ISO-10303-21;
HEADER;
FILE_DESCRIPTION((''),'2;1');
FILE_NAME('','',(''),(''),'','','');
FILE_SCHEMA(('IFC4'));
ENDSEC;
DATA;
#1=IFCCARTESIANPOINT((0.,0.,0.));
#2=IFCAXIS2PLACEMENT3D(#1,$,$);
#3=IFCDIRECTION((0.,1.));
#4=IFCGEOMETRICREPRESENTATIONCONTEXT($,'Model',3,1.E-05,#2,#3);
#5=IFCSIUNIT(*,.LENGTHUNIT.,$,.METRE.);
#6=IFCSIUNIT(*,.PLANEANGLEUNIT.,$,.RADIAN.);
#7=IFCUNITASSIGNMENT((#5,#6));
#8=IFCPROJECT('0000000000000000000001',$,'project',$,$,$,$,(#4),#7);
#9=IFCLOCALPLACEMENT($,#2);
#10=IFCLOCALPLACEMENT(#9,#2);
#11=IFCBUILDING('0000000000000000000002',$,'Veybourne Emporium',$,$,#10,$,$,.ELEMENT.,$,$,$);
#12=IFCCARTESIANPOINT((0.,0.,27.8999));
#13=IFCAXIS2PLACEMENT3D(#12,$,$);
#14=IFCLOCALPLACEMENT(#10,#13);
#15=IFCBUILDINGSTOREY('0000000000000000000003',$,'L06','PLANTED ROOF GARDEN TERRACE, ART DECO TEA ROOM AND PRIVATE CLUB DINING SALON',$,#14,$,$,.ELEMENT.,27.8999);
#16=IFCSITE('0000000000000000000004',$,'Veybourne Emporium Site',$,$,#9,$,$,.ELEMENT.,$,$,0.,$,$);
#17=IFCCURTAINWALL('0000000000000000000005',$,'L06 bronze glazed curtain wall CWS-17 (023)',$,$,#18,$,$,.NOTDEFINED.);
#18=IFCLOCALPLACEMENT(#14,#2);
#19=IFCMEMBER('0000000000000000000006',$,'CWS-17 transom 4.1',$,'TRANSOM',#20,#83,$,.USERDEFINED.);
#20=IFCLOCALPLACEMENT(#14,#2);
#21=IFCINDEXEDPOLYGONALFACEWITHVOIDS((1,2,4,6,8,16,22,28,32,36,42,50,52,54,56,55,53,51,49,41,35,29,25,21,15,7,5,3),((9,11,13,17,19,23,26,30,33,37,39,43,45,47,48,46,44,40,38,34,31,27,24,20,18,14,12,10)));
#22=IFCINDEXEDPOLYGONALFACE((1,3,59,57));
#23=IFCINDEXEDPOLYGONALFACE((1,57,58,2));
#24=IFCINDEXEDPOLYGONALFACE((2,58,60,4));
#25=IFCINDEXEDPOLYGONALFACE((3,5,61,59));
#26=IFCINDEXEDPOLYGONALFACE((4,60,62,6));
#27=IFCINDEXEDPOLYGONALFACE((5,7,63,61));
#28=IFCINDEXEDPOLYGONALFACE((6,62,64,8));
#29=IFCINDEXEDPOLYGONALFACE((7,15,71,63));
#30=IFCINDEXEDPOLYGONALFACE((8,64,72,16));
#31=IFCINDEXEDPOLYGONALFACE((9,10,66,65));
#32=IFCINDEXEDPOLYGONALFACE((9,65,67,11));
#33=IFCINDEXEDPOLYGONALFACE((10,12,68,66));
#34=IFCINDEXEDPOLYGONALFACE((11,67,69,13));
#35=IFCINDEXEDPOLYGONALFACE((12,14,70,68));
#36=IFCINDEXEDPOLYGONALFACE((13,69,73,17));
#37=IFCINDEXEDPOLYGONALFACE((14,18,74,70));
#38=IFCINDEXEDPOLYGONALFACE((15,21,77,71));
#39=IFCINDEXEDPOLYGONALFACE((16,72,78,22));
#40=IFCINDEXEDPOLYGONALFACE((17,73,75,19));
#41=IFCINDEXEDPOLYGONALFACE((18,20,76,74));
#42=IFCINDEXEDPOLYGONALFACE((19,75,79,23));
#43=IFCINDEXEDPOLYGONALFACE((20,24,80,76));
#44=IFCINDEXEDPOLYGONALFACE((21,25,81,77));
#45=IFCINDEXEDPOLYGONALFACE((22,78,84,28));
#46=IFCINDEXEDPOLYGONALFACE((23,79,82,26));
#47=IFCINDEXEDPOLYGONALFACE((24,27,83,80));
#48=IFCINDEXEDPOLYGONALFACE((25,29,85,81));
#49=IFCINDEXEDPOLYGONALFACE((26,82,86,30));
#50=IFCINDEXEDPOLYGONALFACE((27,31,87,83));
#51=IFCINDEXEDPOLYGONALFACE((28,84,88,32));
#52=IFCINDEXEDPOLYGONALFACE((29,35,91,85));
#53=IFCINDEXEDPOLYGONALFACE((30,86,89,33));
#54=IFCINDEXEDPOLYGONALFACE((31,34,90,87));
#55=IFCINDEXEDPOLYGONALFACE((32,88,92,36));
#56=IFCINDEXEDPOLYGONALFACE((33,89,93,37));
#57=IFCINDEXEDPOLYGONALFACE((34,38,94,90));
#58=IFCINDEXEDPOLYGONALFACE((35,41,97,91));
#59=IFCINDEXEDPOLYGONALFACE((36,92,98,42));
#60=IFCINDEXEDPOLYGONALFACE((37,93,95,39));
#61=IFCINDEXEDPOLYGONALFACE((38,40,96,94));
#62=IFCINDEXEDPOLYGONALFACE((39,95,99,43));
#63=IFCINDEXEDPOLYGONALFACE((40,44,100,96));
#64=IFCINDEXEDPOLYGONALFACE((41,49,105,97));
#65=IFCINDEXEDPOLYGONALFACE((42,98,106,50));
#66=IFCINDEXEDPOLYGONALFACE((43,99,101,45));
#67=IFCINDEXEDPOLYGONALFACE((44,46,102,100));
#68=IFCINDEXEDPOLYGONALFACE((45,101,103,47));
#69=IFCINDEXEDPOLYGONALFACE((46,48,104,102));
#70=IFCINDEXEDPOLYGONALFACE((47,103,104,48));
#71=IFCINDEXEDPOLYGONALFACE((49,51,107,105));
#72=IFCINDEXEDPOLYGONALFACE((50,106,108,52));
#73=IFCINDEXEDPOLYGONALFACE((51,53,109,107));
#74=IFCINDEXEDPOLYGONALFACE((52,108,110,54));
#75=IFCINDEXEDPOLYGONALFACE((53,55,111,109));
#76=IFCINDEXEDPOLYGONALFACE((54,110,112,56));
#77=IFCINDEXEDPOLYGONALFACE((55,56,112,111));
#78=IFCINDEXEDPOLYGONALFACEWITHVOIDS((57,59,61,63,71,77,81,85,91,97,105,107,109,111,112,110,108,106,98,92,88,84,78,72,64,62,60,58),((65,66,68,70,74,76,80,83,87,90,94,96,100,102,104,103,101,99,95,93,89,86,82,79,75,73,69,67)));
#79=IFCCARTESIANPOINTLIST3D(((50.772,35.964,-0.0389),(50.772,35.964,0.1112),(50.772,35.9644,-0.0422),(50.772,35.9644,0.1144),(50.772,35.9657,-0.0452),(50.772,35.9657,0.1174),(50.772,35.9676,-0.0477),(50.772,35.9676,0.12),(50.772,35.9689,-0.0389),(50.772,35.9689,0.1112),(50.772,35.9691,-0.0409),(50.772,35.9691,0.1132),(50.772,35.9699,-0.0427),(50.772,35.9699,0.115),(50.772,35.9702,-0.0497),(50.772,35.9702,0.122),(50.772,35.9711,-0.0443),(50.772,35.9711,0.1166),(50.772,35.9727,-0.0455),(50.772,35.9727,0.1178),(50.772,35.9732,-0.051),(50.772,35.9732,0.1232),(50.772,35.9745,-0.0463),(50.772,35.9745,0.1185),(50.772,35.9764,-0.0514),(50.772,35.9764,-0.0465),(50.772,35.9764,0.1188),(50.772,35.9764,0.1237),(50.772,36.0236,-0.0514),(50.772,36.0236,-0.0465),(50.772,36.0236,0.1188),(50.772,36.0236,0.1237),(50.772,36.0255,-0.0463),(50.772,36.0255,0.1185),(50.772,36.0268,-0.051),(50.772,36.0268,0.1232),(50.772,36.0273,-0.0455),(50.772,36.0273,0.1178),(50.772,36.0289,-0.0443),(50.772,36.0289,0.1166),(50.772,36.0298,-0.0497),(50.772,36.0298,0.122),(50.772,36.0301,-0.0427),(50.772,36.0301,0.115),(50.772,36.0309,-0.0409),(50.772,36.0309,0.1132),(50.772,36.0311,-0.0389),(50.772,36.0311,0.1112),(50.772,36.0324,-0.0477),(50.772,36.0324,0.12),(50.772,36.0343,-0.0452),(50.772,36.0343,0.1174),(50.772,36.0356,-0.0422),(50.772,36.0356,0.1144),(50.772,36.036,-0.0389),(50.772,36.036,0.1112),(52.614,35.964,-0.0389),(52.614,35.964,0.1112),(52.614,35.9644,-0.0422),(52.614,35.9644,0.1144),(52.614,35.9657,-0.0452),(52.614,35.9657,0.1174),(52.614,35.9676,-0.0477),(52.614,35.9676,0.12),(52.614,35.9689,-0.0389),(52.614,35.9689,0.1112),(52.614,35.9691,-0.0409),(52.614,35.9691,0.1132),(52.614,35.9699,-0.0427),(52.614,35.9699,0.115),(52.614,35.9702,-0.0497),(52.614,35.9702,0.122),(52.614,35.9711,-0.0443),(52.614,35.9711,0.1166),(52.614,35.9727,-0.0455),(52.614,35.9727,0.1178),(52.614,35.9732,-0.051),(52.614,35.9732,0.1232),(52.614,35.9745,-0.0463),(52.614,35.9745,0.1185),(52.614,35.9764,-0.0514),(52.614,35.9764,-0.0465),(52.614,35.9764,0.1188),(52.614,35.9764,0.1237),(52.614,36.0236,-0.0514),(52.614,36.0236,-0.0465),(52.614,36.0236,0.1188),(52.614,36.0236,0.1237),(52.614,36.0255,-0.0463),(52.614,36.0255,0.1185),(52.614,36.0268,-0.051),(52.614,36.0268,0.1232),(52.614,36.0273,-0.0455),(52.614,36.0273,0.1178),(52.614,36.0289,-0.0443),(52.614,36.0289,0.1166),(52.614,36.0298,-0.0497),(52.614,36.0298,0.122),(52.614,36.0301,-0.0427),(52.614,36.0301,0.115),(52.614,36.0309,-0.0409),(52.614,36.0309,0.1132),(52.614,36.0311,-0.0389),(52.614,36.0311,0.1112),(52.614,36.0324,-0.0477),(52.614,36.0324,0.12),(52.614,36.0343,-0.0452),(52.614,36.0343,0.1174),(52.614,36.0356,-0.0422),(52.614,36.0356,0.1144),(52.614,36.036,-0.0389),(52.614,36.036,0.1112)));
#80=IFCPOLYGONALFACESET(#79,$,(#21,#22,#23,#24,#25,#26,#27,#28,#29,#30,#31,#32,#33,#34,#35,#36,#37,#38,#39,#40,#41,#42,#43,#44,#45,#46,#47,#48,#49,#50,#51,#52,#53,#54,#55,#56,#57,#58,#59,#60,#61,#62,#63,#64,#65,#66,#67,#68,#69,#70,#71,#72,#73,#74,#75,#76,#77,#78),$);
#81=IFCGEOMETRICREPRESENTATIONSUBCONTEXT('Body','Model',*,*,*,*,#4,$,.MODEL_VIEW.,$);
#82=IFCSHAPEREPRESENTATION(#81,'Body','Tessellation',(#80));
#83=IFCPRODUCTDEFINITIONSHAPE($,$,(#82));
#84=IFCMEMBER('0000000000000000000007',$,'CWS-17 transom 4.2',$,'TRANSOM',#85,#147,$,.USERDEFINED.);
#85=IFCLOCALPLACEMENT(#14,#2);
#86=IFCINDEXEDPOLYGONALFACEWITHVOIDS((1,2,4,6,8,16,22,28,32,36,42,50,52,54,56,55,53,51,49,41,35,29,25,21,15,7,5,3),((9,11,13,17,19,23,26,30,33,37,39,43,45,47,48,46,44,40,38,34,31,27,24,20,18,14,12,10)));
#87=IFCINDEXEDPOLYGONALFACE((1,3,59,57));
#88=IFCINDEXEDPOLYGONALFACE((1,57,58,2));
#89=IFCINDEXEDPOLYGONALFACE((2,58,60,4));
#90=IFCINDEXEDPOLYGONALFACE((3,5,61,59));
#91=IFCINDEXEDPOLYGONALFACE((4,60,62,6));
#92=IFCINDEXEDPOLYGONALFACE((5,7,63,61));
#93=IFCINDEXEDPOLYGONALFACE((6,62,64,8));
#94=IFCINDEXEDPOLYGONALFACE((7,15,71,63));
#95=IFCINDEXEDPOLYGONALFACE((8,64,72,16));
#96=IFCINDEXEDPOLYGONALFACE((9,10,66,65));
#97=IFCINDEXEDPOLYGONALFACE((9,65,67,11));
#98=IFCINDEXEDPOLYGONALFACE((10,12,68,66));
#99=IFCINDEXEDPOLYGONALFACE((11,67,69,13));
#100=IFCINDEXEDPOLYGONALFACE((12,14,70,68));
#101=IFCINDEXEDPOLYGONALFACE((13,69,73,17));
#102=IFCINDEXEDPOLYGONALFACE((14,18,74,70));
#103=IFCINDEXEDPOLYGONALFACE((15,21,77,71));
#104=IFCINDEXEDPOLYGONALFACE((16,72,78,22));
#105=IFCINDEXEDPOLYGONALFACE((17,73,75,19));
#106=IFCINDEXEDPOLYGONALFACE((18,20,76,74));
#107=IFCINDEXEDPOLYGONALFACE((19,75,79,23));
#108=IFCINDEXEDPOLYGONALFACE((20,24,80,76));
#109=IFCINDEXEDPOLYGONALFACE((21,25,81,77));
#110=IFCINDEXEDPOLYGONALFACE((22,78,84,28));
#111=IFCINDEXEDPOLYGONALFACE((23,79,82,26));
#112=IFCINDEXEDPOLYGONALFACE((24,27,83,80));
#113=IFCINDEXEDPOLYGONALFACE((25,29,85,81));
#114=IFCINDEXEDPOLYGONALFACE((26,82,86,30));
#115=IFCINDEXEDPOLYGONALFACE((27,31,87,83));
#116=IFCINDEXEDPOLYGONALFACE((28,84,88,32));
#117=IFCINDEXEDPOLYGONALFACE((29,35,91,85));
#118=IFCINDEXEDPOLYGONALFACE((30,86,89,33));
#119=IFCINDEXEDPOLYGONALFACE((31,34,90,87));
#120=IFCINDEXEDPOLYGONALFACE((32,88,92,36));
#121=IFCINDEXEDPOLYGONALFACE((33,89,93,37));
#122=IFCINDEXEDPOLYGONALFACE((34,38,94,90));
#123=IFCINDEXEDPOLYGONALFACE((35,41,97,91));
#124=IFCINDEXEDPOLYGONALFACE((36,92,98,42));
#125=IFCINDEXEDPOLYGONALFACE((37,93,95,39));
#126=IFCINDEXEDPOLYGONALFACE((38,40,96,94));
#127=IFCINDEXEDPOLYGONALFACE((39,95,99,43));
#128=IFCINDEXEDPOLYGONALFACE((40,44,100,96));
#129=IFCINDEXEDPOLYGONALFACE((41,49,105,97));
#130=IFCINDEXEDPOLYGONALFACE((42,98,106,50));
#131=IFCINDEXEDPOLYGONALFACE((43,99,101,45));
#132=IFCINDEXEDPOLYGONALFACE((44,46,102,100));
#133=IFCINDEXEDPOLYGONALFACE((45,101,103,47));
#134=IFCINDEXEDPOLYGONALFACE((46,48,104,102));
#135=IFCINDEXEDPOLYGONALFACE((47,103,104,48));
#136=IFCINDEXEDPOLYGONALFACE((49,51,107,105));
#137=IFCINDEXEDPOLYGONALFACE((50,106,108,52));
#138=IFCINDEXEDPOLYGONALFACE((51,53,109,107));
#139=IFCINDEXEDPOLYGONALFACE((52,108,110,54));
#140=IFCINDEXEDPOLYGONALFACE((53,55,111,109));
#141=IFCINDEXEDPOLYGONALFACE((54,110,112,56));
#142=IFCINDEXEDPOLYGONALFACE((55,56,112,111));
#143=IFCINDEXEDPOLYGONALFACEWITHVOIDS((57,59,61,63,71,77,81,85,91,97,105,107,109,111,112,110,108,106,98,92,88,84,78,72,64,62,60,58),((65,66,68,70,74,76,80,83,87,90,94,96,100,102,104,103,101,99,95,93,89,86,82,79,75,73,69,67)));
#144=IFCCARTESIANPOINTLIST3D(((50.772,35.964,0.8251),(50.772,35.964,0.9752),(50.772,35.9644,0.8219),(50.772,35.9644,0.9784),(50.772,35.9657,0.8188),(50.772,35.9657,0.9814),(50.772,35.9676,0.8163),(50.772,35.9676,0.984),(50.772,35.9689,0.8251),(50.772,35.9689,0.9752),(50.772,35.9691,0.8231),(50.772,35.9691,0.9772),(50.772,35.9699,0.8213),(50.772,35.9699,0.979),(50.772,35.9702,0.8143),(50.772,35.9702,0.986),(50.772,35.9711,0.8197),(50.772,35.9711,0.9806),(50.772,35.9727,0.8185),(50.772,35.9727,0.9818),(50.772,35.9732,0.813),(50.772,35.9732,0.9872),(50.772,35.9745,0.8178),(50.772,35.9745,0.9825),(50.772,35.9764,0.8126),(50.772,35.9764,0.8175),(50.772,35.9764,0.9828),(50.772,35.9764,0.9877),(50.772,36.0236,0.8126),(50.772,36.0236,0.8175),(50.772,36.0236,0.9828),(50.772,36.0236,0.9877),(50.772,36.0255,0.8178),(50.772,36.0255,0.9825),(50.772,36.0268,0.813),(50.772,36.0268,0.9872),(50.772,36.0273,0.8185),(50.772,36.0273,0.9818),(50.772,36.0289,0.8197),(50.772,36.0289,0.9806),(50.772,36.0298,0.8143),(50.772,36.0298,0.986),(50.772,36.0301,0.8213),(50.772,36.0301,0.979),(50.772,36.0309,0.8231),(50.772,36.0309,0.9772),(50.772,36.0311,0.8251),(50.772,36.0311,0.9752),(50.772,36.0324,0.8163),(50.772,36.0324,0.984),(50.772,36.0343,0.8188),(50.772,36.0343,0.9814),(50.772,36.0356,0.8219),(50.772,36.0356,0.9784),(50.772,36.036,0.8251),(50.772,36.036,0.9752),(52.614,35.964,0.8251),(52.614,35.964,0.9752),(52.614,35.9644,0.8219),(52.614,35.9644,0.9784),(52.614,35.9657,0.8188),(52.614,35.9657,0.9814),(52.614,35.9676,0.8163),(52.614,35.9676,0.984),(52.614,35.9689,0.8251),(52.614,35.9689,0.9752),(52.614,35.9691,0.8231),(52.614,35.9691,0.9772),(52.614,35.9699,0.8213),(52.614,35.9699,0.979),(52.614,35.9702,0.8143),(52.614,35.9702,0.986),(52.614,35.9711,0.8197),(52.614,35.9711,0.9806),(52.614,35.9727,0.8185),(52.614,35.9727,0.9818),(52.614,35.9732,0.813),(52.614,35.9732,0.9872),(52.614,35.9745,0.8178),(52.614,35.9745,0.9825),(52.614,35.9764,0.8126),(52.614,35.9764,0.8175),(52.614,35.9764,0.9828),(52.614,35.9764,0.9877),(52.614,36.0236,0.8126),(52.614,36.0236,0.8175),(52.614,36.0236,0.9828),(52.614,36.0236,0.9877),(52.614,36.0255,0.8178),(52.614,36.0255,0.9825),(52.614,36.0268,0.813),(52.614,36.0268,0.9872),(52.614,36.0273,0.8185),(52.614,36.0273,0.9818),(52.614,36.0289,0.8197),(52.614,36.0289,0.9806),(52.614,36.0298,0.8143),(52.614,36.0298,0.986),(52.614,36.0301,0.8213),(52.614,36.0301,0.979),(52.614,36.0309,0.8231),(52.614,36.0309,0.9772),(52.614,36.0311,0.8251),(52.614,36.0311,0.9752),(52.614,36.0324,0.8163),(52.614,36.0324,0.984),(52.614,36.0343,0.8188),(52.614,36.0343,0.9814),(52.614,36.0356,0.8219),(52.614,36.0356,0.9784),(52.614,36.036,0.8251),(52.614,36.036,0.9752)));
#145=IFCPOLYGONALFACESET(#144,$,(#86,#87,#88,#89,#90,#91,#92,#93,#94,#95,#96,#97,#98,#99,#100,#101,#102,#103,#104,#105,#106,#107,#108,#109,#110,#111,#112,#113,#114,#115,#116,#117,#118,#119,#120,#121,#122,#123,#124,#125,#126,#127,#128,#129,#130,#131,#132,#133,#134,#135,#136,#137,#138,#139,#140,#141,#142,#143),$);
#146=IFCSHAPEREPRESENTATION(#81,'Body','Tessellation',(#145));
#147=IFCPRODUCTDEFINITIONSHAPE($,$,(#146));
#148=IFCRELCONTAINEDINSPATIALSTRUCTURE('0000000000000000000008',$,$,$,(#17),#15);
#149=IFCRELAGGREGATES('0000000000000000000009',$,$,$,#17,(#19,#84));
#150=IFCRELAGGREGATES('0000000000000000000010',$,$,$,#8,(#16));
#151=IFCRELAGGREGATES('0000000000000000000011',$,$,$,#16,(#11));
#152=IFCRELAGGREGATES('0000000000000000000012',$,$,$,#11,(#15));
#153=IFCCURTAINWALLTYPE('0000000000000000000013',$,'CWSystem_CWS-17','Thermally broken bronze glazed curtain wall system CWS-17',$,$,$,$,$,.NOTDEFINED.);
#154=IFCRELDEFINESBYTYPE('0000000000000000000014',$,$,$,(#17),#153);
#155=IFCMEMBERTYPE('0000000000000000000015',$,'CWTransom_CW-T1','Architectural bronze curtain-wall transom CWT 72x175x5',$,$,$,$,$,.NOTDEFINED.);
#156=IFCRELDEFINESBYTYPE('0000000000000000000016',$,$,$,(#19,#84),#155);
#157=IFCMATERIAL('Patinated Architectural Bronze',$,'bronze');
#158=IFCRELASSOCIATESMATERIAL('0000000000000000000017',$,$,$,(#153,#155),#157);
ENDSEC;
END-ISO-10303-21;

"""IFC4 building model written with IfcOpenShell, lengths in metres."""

from ifc_helpers import new_model, si_unit, direction, frame, origin, origin_2d, place, context, subcontext, project, spatial, hollow_rectangle, extrude, material, material_profile, profile_set, type_object, element, aggregate, save


model = new_model("IFC4")

# Units and contexts
model_context = context("Model", 3, precision=1e-05, world=origin(), true_north=direction((0.0, 1.0)))
body_context = subcontext(model_context, "Body", "Model", "MODEL_VIEW")
ifc_project = project(units=[si_unit("LENGTHUNIT", "METRE"), si_unit("PLANEANGLEUNIT", "RADIAN")], contexts=[model_context])

# Site, building, storey
site_placement = place(None, origin())
site = spatial("IfcSite", under=ifc_project, at=site_placement, Name="Veybourne Emporium Site", CompositionType="ELEMENT", RefElevation=0.0)
building_placement = place(site_placement, origin())
building = spatial("IfcBuilding", under=site, at=building_placement, Name="Veybourne Emporium", CompositionType="ELEMENT")
storey_placement = place(building_placement, frame((0.0, 0.0, 27.8999)))
storey = spatial("IfcBuildingStorey", under=building, at=storey_placement, Name="L06", Description="PLANTED ROOF GARDEN TERRACE, ART DECO TEA ROOM AND PRIVATE CLUB DINING SALON", CompositionType="ELEMENT", Elevation=27.8999)

# Curtain wall, members
ifc_material_1 = material(Name="Patinated Architectural Bronze", Category="bronze")
curtain_wall_type = type_object("IfcCurtainWallType", Name="CWSystem_CWS-17", Description="Thermally broken bronze glazed curtain wall system CWS-17", PredefinedType="NOTDEFINED", material=ifc_material_1)
curtain_wall_placement = place(storey_placement, origin())
curtain_wall = element("IfcCurtainWall", 1, at=curtain_wall_placement, inside=storey, type_object=curtain_wall_type, Name="L06 bronze glazed curtain wall CWS-17 (023)", PredefinedType="NOTDEFINED")
ifc_material_profile_1 = material_profile(ifc_material_1, hollow_rectangle(XDim=0.072, YDim=0.175, WallThickness=0.0049, InnerFilletRadius=0.0076, OuterFilletRadius=0.0125, at=origin_2d()), Name="CWT 72x175x5")
ifc_profile_set_1 = profile_set([ifc_material_profile_1], Name="Patinated Architectural Bronze")
member_type_1 = type_object("IfcMemberType", Name="CWTransom_CW-T1", Description="Architectural bronze curtain-wall transom CWT 72x175x5", PredefinedType="NOTDEFINED", material=ifc_profile_set_1)
member_1_placement = place(storey_placement, frame((52.614, 36.0, 0.0361), z_axis=(-1.0, 0.0, 0.0), x_axis=(0.0, -1.0, 0.0)))
member_1 = element("IfcMember", 2, at=member_1_placement, type_object=member_type_1, Name="CWS-17 transom 4.1", ObjectType="TRANSOM", PredefinedType="USERDEFINED", context=body_context, shape_type="SweptSolid", body=[
    extrude(hollow_rectangle(XDim=0.072, YDim=0.175, WallThickness=0.0049, InnerFilletRadius=0.0076, OuterFilletRadius=0.0125, at=origin_2d()), origin(), (0.0, 0.0, 1.0), 1.842),
])
member_2_placement = place(storey_placement, frame((52.614, 36.0, 0.9001), z_axis=(-1.0, 0.0, 0.0), x_axis=(0.0, -1.0, 0.0)))
member_2 = element("IfcMember", 3, at=member_2_placement, type_object=member_type_1, Name="CWS-17 transom 4.2", ObjectType="TRANSOM", PredefinedType="USERDEFINED", context=body_context, shape_type="SweptSolid", body=[
    extrude(hollow_rectangle(XDim=0.072, YDim=0.175, WallThickness=0.0049, InnerFilletRadius=0.0076, OuterFilletRadius=0.0125, at=origin_2d()), origin(), (0.0, 0.0, 1.0), 1.842),
])

aggregate(curtain_wall, [member_1, member_2])

save(model, "model.ifc")
